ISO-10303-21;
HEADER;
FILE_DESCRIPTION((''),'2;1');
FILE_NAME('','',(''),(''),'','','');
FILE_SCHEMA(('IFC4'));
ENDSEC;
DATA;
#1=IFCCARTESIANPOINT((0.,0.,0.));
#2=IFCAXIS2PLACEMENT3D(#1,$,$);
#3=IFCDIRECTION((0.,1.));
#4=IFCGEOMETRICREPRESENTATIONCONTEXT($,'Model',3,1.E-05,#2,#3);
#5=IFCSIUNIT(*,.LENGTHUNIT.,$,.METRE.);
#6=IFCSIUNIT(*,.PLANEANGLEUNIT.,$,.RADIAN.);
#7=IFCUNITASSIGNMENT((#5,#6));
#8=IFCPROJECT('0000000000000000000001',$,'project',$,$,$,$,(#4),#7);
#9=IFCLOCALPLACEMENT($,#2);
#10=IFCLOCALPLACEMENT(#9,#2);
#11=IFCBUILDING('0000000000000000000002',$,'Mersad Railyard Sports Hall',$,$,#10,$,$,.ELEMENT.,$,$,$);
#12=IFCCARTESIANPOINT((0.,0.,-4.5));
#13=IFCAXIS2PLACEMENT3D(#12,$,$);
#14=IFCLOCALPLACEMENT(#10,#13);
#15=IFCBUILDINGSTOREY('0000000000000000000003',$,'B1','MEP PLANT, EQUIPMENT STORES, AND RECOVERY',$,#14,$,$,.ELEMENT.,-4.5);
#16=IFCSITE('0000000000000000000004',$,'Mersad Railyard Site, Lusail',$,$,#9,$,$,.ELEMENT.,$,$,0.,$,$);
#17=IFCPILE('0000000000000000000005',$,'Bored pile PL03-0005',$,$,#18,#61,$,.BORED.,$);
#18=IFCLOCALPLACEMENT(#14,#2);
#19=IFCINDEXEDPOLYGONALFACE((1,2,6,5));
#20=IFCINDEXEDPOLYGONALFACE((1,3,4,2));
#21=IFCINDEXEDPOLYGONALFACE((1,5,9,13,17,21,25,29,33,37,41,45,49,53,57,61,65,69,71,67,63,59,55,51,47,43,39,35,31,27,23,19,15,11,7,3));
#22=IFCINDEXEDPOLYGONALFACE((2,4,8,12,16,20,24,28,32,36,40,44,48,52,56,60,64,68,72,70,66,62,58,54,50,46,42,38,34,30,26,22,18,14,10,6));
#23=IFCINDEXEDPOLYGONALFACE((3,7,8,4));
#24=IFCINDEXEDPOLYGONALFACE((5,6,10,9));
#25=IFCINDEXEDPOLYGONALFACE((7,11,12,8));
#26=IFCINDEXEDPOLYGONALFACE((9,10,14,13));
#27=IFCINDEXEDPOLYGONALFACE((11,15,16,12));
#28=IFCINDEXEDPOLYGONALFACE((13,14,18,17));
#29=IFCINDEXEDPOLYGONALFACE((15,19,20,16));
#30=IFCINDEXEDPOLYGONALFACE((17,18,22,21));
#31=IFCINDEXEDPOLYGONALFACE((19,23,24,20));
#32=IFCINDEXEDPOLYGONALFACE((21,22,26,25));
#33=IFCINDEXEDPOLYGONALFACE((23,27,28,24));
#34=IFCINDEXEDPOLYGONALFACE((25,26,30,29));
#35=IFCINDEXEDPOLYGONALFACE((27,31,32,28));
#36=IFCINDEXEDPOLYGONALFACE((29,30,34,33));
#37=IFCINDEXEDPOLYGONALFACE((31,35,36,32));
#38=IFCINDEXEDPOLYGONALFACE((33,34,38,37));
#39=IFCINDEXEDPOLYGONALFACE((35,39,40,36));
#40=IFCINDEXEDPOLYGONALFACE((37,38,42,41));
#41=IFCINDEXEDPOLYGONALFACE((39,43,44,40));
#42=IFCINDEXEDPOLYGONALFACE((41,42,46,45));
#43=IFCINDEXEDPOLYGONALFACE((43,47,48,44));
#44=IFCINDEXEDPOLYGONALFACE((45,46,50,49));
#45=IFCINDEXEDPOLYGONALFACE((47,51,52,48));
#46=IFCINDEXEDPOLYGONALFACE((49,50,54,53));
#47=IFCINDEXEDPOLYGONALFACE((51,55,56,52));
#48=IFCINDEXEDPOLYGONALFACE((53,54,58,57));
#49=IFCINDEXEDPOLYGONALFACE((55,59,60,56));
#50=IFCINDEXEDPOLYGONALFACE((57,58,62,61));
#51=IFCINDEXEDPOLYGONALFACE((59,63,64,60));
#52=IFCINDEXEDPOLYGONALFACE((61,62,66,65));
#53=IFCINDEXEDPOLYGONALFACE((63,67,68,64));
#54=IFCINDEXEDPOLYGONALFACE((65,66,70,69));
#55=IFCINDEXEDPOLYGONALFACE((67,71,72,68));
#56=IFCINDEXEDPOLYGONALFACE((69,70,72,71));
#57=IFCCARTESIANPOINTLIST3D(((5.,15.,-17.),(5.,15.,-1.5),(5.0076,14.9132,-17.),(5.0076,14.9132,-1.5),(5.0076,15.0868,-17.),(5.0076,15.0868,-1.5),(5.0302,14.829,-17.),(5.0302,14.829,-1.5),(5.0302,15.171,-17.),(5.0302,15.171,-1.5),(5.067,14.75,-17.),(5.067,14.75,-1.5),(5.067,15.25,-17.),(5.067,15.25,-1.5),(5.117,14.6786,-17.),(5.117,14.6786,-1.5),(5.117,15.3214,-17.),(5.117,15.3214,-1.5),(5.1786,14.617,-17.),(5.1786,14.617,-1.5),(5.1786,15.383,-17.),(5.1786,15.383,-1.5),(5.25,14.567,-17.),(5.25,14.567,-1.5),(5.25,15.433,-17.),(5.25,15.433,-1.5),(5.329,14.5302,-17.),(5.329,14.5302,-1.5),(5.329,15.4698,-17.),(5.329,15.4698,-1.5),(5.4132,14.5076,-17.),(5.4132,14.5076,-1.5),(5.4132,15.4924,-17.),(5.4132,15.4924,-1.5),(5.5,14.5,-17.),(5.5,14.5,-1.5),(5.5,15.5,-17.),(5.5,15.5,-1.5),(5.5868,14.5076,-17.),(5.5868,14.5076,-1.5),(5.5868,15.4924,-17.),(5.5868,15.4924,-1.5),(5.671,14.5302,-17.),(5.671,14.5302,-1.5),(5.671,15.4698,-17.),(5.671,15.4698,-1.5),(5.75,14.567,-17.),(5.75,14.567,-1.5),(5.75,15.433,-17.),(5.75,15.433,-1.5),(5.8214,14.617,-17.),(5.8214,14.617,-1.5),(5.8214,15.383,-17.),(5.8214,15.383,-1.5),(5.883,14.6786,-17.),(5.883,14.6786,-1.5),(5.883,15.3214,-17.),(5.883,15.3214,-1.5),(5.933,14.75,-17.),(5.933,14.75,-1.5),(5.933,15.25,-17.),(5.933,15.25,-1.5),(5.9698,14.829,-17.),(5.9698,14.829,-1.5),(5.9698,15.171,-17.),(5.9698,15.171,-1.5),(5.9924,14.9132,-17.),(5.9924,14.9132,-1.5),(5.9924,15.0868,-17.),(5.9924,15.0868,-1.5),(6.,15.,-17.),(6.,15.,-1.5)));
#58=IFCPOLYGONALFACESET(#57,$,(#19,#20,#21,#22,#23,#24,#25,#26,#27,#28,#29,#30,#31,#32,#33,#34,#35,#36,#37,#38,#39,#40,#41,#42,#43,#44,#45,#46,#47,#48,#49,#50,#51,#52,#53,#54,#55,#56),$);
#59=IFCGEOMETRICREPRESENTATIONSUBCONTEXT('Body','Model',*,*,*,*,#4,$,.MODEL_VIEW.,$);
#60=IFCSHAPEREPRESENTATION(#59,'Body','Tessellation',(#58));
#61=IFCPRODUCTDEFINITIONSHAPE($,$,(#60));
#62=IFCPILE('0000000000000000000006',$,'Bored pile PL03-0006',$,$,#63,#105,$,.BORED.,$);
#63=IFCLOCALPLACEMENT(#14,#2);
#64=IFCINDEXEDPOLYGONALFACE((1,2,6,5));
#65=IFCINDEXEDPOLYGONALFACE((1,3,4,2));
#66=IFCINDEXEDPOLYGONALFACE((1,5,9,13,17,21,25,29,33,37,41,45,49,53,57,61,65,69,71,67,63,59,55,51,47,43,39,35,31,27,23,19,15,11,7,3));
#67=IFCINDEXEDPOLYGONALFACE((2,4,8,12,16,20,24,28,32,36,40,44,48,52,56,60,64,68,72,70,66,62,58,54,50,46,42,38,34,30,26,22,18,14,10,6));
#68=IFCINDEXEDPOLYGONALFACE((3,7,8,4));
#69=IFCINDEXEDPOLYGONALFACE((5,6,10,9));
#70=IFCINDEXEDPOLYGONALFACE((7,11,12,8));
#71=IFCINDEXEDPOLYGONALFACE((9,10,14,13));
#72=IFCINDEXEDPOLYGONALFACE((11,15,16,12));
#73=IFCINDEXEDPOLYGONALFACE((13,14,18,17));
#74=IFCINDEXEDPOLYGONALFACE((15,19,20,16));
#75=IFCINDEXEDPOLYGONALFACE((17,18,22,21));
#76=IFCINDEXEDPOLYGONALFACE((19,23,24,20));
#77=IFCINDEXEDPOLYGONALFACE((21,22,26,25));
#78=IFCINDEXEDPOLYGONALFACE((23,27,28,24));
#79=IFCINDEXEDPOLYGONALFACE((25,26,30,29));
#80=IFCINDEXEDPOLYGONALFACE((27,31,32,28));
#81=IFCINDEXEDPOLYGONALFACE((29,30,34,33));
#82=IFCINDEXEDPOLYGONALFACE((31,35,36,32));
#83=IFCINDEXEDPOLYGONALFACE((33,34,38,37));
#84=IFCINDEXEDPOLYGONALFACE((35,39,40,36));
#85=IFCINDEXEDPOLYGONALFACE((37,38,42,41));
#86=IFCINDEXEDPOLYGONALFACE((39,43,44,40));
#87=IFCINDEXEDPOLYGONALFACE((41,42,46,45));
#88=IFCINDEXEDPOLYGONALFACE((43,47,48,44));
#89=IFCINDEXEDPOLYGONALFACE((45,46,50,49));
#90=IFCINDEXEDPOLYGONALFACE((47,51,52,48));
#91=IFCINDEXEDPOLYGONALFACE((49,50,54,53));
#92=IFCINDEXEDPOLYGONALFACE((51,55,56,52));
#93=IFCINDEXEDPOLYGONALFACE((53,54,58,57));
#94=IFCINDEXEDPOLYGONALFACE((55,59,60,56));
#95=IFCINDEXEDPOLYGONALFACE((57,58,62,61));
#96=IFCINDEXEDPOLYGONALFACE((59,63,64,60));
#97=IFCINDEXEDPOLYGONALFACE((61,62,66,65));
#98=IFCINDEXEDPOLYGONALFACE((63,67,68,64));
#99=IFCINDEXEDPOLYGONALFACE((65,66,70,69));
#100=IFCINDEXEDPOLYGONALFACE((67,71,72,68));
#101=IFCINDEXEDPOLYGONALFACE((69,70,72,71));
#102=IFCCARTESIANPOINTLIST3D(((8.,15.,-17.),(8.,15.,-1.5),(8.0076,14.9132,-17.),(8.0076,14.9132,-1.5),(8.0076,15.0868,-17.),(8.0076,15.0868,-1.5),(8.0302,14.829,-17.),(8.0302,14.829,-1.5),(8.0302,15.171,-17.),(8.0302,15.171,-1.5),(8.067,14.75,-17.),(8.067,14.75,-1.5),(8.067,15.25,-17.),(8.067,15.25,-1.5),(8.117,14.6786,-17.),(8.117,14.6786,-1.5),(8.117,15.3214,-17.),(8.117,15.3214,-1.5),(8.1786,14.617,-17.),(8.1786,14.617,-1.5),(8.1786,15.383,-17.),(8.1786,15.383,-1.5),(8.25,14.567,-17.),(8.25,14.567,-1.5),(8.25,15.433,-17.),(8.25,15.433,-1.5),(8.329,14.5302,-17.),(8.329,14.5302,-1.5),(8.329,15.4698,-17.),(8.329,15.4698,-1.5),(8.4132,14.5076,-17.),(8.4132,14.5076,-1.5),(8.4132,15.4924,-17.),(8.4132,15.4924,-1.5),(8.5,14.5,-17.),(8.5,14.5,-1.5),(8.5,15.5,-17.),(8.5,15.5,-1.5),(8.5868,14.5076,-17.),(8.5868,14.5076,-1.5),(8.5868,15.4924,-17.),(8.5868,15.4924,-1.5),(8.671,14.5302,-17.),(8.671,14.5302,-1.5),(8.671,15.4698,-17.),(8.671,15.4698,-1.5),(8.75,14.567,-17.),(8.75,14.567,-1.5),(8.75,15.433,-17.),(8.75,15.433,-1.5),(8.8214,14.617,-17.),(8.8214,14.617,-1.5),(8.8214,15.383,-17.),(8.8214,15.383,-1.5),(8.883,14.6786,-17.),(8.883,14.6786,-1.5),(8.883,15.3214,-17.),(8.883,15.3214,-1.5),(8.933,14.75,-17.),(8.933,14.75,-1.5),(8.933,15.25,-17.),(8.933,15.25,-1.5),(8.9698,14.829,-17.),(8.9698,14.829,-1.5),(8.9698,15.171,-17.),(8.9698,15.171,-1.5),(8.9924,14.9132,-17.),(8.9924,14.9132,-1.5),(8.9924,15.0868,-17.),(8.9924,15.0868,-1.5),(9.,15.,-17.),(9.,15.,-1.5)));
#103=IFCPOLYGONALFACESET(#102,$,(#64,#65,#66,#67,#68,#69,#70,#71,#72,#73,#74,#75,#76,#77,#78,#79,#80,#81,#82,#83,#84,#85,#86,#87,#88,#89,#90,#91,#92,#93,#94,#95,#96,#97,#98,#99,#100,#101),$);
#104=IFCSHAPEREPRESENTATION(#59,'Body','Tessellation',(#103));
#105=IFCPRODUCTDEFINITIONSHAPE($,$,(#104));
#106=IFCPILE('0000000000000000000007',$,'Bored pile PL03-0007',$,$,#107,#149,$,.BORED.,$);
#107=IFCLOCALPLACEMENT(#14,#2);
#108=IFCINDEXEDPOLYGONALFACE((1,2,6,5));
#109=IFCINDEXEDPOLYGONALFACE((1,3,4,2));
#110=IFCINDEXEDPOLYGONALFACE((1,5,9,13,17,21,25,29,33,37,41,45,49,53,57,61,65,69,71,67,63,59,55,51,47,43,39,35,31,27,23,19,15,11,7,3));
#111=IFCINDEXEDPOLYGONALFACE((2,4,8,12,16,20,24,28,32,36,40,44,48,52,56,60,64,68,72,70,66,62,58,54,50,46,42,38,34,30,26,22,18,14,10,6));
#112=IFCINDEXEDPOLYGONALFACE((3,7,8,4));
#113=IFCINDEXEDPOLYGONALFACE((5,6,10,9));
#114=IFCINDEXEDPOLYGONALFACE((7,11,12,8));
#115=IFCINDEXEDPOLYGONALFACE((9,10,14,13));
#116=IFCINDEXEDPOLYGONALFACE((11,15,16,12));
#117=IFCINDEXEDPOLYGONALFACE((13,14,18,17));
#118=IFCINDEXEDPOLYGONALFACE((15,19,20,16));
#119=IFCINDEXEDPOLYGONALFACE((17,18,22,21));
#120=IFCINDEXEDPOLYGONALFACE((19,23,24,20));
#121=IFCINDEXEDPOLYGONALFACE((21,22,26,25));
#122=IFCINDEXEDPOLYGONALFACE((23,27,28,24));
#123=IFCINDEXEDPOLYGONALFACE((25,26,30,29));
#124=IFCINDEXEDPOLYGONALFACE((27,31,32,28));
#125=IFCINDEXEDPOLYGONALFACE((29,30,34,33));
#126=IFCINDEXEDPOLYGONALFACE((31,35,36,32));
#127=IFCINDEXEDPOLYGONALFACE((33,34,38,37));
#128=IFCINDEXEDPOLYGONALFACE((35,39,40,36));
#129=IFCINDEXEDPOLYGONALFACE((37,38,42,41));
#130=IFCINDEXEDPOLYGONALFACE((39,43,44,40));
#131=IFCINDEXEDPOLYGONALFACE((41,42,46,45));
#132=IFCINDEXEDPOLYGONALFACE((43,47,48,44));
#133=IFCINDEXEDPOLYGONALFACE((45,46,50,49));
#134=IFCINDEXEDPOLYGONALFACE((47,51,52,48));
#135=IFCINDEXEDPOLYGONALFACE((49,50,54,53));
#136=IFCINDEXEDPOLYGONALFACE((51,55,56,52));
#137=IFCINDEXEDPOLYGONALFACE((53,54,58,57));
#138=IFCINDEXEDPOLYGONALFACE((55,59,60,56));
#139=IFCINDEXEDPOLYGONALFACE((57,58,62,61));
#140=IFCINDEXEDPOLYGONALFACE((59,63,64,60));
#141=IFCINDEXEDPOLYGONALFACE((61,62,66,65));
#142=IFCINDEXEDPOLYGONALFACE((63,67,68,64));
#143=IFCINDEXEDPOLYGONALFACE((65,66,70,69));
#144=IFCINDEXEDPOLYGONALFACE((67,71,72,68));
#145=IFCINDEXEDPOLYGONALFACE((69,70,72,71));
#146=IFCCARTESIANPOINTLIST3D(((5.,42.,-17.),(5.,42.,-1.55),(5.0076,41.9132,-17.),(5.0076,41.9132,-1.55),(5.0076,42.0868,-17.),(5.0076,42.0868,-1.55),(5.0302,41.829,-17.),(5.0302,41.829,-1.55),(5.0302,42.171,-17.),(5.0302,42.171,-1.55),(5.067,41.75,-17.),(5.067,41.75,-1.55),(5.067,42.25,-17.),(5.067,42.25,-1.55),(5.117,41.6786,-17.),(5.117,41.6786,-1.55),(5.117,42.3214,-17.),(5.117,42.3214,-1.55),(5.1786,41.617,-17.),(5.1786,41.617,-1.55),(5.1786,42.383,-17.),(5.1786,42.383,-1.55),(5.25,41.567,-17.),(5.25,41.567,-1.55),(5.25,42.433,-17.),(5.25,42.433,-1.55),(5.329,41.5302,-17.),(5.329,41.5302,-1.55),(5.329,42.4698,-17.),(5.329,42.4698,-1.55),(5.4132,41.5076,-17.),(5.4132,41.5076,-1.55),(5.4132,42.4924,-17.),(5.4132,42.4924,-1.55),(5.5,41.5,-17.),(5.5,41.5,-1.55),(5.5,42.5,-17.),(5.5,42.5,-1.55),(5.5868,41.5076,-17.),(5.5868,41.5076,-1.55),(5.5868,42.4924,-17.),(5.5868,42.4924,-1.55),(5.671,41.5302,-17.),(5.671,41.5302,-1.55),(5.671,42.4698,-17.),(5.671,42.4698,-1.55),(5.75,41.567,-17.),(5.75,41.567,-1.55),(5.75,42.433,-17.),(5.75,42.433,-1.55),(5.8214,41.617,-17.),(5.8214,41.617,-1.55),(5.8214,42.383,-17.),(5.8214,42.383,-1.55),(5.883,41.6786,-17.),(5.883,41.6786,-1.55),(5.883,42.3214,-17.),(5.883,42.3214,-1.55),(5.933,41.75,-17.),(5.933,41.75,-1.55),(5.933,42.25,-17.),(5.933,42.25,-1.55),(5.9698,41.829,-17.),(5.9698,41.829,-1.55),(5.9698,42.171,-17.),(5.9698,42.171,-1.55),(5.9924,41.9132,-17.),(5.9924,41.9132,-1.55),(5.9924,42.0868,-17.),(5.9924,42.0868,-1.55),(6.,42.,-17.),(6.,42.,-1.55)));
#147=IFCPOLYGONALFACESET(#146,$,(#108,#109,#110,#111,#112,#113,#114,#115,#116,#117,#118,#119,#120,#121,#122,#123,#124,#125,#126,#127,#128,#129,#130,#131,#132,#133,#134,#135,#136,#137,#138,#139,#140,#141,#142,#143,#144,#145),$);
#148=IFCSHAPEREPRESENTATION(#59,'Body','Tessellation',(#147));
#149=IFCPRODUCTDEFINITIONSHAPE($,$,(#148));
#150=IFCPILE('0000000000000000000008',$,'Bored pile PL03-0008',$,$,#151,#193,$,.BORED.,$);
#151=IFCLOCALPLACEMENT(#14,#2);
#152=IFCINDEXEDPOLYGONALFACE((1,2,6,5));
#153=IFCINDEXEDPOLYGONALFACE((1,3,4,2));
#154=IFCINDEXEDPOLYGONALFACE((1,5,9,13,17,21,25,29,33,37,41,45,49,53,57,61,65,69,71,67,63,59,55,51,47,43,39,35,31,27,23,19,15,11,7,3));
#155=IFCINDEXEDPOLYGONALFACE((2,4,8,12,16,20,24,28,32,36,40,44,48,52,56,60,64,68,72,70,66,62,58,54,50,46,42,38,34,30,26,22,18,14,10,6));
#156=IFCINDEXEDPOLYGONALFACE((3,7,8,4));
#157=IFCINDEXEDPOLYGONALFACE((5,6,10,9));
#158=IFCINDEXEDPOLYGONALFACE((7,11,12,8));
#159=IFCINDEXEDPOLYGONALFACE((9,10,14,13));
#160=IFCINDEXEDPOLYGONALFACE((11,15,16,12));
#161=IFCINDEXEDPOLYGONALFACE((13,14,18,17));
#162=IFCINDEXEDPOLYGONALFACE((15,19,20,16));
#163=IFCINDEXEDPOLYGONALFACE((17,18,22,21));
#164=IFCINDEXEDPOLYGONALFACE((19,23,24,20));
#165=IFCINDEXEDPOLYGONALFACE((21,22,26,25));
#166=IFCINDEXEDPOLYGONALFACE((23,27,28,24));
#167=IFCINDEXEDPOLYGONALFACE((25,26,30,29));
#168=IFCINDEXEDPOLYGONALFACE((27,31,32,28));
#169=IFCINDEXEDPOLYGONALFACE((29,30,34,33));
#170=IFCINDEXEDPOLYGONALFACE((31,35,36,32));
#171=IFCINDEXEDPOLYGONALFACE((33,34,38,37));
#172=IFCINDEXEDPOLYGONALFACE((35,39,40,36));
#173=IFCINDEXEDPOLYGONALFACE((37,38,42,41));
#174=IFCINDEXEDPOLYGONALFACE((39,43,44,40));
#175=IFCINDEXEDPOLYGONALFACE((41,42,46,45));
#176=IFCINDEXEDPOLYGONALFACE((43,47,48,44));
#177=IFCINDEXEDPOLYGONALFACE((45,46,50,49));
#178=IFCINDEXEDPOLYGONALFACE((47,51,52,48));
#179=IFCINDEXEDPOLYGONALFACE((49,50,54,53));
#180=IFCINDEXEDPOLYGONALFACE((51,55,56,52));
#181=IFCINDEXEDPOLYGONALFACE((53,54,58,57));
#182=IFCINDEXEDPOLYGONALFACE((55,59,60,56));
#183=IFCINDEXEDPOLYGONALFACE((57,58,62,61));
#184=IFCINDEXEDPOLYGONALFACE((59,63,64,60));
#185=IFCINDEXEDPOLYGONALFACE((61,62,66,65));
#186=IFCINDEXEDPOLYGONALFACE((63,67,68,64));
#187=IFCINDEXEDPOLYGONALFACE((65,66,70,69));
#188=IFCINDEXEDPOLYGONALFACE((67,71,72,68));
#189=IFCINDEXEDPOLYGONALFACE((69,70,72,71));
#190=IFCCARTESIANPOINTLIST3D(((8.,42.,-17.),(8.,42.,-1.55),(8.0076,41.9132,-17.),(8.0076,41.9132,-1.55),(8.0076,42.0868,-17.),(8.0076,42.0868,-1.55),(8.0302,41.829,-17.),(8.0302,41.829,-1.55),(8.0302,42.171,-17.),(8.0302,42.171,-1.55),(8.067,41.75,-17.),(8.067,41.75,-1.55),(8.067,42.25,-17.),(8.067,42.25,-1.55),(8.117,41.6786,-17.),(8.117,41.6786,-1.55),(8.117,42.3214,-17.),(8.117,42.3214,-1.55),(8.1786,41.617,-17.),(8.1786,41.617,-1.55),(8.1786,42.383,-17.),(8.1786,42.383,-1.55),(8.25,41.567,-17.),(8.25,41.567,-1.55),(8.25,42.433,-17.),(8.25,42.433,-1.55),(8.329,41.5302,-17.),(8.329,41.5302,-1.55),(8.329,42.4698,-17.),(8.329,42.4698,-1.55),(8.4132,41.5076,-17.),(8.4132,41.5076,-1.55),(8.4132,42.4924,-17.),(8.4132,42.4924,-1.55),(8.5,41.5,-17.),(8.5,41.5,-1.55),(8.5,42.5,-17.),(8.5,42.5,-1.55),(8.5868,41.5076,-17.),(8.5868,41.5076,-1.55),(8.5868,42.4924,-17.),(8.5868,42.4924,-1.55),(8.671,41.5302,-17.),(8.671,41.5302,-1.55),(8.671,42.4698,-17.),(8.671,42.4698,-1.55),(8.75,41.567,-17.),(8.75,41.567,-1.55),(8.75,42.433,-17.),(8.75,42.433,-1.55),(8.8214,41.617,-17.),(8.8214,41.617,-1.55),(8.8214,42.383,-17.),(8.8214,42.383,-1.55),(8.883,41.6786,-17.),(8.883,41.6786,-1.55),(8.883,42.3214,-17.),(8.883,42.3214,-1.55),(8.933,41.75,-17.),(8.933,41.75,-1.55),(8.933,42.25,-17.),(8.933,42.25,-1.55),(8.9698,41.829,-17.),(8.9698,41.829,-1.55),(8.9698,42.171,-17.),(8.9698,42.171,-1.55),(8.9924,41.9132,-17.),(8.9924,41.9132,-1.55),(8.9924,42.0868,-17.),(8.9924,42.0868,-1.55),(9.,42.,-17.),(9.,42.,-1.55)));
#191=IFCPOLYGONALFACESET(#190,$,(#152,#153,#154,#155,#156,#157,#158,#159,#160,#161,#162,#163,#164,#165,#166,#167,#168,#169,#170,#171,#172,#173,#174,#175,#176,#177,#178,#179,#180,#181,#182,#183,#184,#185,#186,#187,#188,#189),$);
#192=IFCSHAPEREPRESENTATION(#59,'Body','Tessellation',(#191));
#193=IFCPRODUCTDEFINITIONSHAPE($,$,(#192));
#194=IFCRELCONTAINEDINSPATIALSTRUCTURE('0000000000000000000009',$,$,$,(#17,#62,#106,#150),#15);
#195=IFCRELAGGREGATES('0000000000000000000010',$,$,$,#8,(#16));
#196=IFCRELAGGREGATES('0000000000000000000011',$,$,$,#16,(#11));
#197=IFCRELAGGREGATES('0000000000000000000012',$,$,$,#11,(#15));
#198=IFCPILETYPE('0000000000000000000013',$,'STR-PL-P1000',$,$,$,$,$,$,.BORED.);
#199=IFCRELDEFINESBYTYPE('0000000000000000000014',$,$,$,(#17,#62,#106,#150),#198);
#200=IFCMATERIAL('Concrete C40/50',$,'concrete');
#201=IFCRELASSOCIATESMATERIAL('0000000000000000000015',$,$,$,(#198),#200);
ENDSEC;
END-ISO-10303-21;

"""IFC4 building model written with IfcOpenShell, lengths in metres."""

from ifc_helpers import new_model, si_unit, direction, frame, origin, origin_2d, place, context, subcontext, project, spatial, circle, extrude, material, material_profile, profile_set, type_object, element, save


model = new_model("IFC4")

# Units and contexts
model_context = context("Model", 3, precision=1e-05, world=origin(), true_north=direction((0.0, 1.0)))
body_context = subcontext(model_context, "Body", "Model", "MODEL_VIEW")
ifc_project = project(units=[si_unit("LENGTHUNIT", "METRE"), si_unit("PLANEANGLEUNIT", "RADIAN")], contexts=[model_context])

# Site, building, storey
site_placement = place(None, origin())
site = spatial("IfcSite", under=ifc_project, at=site_placement, Name="Mersad Railyard Site, Lusail", CompositionType="ELEMENT", RefElevation=0.0)
building_placement = place(site_placement, origin())
building = spatial("IfcBuilding", under=site, at=building_placement, Name="Mersad Railyard Sports Hall", CompositionType="ELEMENT")
storey_placement = place(building_placement, frame((0.0, 0.0, -4.5)))
storey = spatial("IfcBuildingStorey", under=building, at=storey_placement, Name="B1", Description="MEP PLANT, EQUIPMENT STORES, AND RECOVERY", CompositionType="ELEMENT", Elevation=-4.5)

# Shared definitions
ifc_material_1 = material(Name="Concrete C40/50", Category="concrete")

# Piles
ifc_material_profile_1 = material_profile(ifc_material_1, circle(Radius=0.5, at=origin_2d()), Name="BORED PILE D1000")
ifc_profile_set_1 = profile_set([ifc_material_profile_1], Name="Concrete C40/50")
pile_type_1 = type_object("IfcPileType", Name="STR-PL-P1000", PredefinedType="BORED", material=ifc_profile_set_1)
for number, where, z_axis, x_axis, name in (
    (1, (5.5, 15.0, -1.5), (0.0, 0.0, -1.0), (1.0, 0.0, 0.0), "Bored pile PL03-0005"),
    (2, (8.5, 15.0, -1.5), (0.0, 0.0, -1.0), (1.0, 0.0, 0.0), "Bored pile PL03-0006"),
):
    element("IfcPile", number, at=place(storey_placement, frame(where, z_axis=z_axis, x_axis=x_axis)), inside=storey, type_object=pile_type_1, Name=name, PredefinedType="BORED", context=body_context, shape_type="SweptSolid", body=[
        extrude(circle(Radius=0.5, at=origin_2d()), origin(), (0.0, 0.0, 1.0), 15.5),
    ])
for number, where, z_axis, x_axis, name in (
    (3, (5.5, 42.0, -1.55), (0.0, 0.0, -1.0), (1.0, 0.0, 0.0), "Bored pile PL03-0007"),
    (4, (8.5, 42.0, -1.55), (0.0, 0.0, -1.0), (1.0, 0.0, 0.0), "Bored pile PL03-0008"),
):
    element("IfcPile", number, at=place(storey_placement, frame(where, z_axis=z_axis, x_axis=x_axis)), inside=storey, type_object=pile_type_1, Name=name, PredefinedType="BORED", context=body_context, shape_type="SweptSolid", body=[
        extrude(circle(Radius=0.5, at=origin_2d()), origin(), (0.0, 0.0, 1.0), 15.45),
    ])

save(model, "model.ifc")
